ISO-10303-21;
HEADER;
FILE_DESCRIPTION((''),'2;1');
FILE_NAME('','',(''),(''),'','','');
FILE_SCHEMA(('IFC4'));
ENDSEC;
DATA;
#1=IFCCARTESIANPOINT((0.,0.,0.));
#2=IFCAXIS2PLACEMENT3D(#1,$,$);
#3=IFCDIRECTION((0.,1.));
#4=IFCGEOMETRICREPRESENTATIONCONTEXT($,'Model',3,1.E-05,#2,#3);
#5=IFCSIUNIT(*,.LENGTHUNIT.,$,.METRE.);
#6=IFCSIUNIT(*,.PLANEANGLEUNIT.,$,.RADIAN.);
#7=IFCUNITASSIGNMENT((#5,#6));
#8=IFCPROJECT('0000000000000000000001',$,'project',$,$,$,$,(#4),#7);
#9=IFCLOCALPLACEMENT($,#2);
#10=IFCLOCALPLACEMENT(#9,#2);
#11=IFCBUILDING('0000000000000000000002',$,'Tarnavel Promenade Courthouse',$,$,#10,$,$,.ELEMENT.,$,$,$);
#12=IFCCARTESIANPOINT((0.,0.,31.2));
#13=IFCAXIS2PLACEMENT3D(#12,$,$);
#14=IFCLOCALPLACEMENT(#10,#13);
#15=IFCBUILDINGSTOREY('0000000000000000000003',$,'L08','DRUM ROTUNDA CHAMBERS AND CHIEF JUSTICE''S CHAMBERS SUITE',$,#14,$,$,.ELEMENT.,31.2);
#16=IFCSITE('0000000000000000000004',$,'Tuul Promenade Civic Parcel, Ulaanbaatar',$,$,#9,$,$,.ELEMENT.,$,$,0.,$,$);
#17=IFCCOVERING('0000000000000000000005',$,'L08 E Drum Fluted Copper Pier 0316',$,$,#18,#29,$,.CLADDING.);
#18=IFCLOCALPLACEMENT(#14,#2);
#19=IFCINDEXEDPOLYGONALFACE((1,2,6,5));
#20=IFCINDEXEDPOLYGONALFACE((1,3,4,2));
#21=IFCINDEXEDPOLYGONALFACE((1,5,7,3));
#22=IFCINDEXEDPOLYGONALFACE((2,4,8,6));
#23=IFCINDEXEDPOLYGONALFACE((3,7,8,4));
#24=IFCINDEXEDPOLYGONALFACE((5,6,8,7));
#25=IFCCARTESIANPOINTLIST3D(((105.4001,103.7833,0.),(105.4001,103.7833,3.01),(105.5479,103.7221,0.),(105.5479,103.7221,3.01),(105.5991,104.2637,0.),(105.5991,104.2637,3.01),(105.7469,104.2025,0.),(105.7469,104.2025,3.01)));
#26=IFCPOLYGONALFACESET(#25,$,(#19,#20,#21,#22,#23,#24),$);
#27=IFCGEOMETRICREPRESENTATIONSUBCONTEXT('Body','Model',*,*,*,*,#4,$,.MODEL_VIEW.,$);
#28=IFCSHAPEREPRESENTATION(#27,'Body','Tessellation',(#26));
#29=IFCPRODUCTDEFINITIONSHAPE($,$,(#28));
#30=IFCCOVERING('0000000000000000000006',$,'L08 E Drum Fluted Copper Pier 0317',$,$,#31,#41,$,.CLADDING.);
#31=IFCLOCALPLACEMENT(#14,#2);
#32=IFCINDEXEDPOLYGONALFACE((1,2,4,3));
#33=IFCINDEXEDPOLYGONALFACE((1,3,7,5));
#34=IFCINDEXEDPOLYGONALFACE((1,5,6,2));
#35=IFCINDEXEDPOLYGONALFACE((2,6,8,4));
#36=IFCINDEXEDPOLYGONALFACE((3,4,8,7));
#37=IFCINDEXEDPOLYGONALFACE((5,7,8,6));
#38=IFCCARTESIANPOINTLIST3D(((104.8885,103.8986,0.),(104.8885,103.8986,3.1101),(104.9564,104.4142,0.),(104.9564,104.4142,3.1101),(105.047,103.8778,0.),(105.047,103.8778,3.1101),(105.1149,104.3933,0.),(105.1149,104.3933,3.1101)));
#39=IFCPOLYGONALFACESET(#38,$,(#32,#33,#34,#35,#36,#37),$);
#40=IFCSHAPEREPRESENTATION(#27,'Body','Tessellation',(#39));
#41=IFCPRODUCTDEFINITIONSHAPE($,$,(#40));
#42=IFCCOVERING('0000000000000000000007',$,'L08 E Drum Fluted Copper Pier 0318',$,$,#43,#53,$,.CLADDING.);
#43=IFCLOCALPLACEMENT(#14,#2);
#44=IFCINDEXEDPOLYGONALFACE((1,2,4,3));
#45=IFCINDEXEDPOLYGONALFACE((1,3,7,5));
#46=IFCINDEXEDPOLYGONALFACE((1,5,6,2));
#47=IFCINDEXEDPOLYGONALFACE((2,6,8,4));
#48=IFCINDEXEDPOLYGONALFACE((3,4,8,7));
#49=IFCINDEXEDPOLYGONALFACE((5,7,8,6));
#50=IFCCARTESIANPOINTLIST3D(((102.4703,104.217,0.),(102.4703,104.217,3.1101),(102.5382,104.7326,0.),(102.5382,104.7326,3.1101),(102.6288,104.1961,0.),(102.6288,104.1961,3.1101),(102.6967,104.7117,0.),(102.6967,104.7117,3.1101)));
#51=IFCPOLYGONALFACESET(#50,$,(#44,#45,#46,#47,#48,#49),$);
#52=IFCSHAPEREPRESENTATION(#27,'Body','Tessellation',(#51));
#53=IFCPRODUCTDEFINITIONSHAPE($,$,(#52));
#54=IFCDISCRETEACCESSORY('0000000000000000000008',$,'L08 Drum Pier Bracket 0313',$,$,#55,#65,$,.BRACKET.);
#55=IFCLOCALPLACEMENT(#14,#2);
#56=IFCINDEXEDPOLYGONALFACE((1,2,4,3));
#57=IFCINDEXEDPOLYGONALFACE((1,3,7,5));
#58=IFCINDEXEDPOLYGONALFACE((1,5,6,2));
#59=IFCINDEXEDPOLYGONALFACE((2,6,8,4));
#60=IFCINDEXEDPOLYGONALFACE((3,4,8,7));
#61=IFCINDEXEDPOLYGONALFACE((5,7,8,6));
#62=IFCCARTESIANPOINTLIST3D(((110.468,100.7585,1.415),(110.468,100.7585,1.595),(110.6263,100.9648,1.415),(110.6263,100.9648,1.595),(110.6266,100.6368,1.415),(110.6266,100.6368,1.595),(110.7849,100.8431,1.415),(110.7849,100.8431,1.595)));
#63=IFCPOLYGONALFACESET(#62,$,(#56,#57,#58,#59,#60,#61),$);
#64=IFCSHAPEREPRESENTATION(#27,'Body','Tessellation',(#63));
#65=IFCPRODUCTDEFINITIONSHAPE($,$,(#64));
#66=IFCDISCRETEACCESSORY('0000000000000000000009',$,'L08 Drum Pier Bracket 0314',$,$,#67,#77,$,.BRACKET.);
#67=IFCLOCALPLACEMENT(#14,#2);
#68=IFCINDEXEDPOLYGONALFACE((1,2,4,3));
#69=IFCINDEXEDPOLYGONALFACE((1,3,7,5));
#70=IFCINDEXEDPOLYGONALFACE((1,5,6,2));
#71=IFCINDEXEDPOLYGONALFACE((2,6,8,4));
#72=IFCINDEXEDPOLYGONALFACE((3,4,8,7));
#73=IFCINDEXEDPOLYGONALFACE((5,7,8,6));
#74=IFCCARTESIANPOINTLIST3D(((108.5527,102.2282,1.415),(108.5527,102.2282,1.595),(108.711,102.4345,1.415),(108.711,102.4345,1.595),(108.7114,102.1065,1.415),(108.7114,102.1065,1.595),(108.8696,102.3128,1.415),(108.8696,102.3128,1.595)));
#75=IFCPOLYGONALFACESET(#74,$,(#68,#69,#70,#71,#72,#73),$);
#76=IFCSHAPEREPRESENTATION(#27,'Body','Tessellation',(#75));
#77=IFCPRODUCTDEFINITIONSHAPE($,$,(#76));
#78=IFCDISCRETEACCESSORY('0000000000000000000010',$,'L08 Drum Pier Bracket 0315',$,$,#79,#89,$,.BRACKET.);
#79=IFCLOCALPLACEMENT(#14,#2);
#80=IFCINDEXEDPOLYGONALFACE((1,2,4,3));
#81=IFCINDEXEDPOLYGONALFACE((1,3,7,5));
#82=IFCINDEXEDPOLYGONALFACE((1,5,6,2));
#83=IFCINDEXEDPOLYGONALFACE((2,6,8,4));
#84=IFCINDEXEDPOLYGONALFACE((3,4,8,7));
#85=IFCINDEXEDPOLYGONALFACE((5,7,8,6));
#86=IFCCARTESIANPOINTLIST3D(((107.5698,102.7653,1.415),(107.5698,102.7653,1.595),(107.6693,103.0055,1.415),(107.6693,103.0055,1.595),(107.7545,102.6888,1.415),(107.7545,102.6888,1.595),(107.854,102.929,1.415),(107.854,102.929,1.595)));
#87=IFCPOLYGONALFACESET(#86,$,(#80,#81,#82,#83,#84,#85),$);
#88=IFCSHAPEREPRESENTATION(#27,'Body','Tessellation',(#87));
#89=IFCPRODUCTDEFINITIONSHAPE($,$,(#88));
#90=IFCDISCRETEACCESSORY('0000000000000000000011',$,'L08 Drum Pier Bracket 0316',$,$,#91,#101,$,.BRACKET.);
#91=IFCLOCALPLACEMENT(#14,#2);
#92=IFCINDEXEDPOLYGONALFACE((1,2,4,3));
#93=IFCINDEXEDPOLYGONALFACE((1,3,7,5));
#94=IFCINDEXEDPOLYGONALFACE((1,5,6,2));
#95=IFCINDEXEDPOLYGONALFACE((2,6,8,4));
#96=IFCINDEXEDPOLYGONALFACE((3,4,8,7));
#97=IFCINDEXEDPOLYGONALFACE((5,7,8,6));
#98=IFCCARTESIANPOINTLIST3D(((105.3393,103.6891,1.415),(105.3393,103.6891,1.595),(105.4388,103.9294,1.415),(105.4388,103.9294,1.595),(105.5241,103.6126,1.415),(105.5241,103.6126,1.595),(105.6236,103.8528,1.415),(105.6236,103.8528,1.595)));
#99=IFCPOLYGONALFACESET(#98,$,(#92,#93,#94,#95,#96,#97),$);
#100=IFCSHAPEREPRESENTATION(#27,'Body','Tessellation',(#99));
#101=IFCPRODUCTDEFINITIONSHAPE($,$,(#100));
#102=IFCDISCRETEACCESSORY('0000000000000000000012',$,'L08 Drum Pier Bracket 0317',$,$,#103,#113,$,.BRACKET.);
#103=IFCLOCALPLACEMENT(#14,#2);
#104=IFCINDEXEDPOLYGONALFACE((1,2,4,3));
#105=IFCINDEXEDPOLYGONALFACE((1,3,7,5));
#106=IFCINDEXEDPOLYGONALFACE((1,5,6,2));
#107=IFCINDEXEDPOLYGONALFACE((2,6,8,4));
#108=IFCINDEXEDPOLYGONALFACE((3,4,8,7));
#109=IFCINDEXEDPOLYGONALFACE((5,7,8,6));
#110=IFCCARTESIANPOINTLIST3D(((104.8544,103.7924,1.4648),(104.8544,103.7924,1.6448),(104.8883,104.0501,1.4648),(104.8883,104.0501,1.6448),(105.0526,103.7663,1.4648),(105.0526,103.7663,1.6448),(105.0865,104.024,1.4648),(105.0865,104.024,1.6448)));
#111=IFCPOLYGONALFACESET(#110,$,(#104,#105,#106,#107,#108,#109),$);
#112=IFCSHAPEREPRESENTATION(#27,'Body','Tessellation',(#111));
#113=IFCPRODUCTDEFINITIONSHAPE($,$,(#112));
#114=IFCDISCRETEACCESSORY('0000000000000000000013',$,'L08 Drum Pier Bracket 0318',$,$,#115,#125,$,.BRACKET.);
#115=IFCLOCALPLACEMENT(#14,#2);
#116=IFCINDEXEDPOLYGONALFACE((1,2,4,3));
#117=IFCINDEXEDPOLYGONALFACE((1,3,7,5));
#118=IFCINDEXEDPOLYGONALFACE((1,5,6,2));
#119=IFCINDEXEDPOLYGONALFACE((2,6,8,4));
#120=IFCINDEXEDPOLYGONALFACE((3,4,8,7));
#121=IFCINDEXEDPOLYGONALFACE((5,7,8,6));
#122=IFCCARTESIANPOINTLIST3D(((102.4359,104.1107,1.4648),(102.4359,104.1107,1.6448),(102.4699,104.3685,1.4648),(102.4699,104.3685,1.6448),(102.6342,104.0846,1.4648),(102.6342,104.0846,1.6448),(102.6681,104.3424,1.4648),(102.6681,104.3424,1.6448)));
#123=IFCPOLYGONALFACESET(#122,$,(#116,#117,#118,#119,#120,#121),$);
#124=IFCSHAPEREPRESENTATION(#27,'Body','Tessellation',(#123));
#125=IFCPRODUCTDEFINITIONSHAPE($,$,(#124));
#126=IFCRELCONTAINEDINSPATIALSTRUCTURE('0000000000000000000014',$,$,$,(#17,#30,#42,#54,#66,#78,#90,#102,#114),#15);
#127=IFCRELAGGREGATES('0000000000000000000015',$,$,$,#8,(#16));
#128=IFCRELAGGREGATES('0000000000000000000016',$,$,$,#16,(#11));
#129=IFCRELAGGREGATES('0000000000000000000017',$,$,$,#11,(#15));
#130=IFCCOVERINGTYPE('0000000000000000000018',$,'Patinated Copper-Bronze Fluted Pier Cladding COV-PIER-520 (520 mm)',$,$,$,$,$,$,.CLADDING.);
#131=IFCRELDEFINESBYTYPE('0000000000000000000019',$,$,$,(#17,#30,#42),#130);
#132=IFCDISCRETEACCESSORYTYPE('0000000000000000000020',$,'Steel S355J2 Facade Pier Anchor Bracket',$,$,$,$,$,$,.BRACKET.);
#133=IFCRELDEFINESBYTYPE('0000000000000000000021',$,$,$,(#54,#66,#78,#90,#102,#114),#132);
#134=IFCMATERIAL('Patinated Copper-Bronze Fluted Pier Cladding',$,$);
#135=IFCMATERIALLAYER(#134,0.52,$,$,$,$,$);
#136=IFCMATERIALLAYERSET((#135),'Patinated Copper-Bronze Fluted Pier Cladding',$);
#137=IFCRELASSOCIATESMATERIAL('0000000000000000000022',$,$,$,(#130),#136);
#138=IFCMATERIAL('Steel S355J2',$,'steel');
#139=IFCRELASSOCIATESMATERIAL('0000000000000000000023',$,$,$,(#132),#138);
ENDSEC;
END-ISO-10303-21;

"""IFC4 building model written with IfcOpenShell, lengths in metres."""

from ifc_helpers import new_model, si_unit, direction, frame, origin, origin_2d, place, context, subcontext, project, spatial, rectangle, extrude, material, layer, layer_set, type_object, element, save


model = new_model("IFC4")

# Units and contexts
model_context = context("Model", 3, precision=1e-05, world=origin(), true_north=direction((0.0, 1.0)))
body_context = subcontext(model_context, "Body", "Model", "MODEL_VIEW")
ifc_project = project(units=[si_unit("LENGTHUNIT", "METRE"), si_unit("PLANEANGLEUNIT", "RADIAN")], contexts=[model_context])

# Site, building, storey
site_placement = place(None, origin())
site = spatial("IfcSite", under=ifc_project, at=site_placement, Name="Tuul Promenade Civic Parcel, Ulaanbaatar", CompositionType="ELEMENT", RefElevation=0.0)
building_placement = place(site_placement, origin())
building = spatial("IfcBuilding", under=site, at=building_placement, Name="Tarnavel Promenade Courthouse", CompositionType="ELEMENT")
storey_placement = place(building_placement, frame((0.0, 0.0, 31.2)))
storey = spatial("IfcBuildingStorey", under=building, at=storey_placement, Name="L08", Description="DRUM ROTUNDA CHAMBERS AND CHIEF JUSTICE'S CHAMBERS SUITE", CompositionType="ELEMENT", Elevation=31.2)

# Shared definitions
ifc_material_1 = material(Name="Steel S355J2", Category="steel")

# Coverings
ifc_material_2 = material(Name="Patinated Copper-Bronze Fluted Pier Cladding")
ifc_layer_1 = layer(ifc_material_2, 0.52)
ifc_layer_set_1 = layer_set([ifc_layer_1], Name="Patinated Copper-Bronze Fluted Pier Cladding")
covering_type = type_object("IfcCoveringType", Name="Patinated Copper-Bronze Fluted Pier Cladding COV-PIER-520 (520 mm)", PredefinedType="CLADDING", material=ifc_layer_set_1)
for number, where, z_axis, x_axis, name in (
    (1, (105.5735, 103.9929, 0.0), (0.0, 0.0, 1.0), (-0.92388, 0.382683, 0.0), "L08 E Drum Fluted Copper Pier 0316"),
):
    element("IfcCovering", number, at=place(storey_placement, frame(where, z_axis=z_axis, x_axis=x_axis)), inside=storey, type_object=covering_type, Name=name, PredefinedType="CLADDING", context=body_context, shape_type="SweptSolid", body=[
        extrude(rectangle(XDim=0.1599, YDim=0.52, at=origin_2d()), origin(), (0.0, 0.0, 1.0), 3.01),
    ])
for number, where, z_axis, x_axis, name in (
    (2, (105.0017, 104.146, 0.0), (0.0, 0.0, 1.0), (-0.991445, 0.130526, 0.0), "L08 E Drum Fluted Copper Pier 0317"),
    (3, (102.5835, 104.4644, 0.0), (0.0, 0.0, 1.0), (-0.991445, 0.130526, 0.0), "L08 E Drum Fluted Copper Pier 0318"),
):
    element("IfcCovering", number, at=place(storey_placement, frame(where, z_axis=z_axis, x_axis=x_axis)), inside=storey, type_object=covering_type, Name=name, PredefinedType="CLADDING", context=body_context, shape_type="SweptSolid", body=[
        extrude(rectangle(XDim=0.1599, YDim=0.52, at=origin_2d()), origin(), (0.0, 0.0, 1.0), 3.1101),
    ])

# Discrete accessories
discrete_accessory_type = type_object("IfcDiscreteAccessoryType", Name="Steel S355J2 Facade Pier Anchor Bracket", PredefinedType="BRACKET", material=ifc_material_1)
for number, where, z_axis, x_axis, name in (
    (4, (110.6265, 100.8008, 1.415), (0.0, 0.0, 1.0), (-0.793353, 0.608761, 0.0), "L08 Drum Pier Bracket 0313"),
    (5, (108.7112, 102.2705, 1.415), (0.0, 0.0, 1.0), (-0.793353, 0.608761, 0.0), "L08 Drum Pier Bracket 0314"),
    (6, (107.7119, 102.8472, 1.415), (0.0, 0.0, 1.0), (-0.92388, 0.382683, 0.0), "L08 Drum Pier Bracket 0315"),
    (7, (105.4814, 103.771, 1.415), (0.0, 0.0, 1.0), (-0.92388, 0.382683, 0.0), "L08 Drum Pier Bracket 0316"),
    (8, (104.9705, 103.9082, 1.4648), (0.0, 0.0, 1.0), (-0.991445, 0.130526, 0.0), "L08 Drum Pier Bracket 0317"),
    (9, (102.552, 104.2266, 1.4648), (0.0, 0.0, 1.0), (-0.991445, 0.130526, 0.0), "L08 Drum Pier Bracket 0318"),
):
    element("IfcDiscreteAccessory", number, at=place(storey_placement, frame(where, z_axis=z_axis, x_axis=x_axis)), inside=storey, type_object=discrete_accessory_type, Name=name, PredefinedType="BRACKET", context=body_context, shape_type="SweptSolid", body=[
        extrude(rectangle(XDim=0.2, YDim=0.26, at=origin_2d()), origin(), (0.0, 0.0, 1.0), 0.1799),
    ])

save(model, "model.ifc")
